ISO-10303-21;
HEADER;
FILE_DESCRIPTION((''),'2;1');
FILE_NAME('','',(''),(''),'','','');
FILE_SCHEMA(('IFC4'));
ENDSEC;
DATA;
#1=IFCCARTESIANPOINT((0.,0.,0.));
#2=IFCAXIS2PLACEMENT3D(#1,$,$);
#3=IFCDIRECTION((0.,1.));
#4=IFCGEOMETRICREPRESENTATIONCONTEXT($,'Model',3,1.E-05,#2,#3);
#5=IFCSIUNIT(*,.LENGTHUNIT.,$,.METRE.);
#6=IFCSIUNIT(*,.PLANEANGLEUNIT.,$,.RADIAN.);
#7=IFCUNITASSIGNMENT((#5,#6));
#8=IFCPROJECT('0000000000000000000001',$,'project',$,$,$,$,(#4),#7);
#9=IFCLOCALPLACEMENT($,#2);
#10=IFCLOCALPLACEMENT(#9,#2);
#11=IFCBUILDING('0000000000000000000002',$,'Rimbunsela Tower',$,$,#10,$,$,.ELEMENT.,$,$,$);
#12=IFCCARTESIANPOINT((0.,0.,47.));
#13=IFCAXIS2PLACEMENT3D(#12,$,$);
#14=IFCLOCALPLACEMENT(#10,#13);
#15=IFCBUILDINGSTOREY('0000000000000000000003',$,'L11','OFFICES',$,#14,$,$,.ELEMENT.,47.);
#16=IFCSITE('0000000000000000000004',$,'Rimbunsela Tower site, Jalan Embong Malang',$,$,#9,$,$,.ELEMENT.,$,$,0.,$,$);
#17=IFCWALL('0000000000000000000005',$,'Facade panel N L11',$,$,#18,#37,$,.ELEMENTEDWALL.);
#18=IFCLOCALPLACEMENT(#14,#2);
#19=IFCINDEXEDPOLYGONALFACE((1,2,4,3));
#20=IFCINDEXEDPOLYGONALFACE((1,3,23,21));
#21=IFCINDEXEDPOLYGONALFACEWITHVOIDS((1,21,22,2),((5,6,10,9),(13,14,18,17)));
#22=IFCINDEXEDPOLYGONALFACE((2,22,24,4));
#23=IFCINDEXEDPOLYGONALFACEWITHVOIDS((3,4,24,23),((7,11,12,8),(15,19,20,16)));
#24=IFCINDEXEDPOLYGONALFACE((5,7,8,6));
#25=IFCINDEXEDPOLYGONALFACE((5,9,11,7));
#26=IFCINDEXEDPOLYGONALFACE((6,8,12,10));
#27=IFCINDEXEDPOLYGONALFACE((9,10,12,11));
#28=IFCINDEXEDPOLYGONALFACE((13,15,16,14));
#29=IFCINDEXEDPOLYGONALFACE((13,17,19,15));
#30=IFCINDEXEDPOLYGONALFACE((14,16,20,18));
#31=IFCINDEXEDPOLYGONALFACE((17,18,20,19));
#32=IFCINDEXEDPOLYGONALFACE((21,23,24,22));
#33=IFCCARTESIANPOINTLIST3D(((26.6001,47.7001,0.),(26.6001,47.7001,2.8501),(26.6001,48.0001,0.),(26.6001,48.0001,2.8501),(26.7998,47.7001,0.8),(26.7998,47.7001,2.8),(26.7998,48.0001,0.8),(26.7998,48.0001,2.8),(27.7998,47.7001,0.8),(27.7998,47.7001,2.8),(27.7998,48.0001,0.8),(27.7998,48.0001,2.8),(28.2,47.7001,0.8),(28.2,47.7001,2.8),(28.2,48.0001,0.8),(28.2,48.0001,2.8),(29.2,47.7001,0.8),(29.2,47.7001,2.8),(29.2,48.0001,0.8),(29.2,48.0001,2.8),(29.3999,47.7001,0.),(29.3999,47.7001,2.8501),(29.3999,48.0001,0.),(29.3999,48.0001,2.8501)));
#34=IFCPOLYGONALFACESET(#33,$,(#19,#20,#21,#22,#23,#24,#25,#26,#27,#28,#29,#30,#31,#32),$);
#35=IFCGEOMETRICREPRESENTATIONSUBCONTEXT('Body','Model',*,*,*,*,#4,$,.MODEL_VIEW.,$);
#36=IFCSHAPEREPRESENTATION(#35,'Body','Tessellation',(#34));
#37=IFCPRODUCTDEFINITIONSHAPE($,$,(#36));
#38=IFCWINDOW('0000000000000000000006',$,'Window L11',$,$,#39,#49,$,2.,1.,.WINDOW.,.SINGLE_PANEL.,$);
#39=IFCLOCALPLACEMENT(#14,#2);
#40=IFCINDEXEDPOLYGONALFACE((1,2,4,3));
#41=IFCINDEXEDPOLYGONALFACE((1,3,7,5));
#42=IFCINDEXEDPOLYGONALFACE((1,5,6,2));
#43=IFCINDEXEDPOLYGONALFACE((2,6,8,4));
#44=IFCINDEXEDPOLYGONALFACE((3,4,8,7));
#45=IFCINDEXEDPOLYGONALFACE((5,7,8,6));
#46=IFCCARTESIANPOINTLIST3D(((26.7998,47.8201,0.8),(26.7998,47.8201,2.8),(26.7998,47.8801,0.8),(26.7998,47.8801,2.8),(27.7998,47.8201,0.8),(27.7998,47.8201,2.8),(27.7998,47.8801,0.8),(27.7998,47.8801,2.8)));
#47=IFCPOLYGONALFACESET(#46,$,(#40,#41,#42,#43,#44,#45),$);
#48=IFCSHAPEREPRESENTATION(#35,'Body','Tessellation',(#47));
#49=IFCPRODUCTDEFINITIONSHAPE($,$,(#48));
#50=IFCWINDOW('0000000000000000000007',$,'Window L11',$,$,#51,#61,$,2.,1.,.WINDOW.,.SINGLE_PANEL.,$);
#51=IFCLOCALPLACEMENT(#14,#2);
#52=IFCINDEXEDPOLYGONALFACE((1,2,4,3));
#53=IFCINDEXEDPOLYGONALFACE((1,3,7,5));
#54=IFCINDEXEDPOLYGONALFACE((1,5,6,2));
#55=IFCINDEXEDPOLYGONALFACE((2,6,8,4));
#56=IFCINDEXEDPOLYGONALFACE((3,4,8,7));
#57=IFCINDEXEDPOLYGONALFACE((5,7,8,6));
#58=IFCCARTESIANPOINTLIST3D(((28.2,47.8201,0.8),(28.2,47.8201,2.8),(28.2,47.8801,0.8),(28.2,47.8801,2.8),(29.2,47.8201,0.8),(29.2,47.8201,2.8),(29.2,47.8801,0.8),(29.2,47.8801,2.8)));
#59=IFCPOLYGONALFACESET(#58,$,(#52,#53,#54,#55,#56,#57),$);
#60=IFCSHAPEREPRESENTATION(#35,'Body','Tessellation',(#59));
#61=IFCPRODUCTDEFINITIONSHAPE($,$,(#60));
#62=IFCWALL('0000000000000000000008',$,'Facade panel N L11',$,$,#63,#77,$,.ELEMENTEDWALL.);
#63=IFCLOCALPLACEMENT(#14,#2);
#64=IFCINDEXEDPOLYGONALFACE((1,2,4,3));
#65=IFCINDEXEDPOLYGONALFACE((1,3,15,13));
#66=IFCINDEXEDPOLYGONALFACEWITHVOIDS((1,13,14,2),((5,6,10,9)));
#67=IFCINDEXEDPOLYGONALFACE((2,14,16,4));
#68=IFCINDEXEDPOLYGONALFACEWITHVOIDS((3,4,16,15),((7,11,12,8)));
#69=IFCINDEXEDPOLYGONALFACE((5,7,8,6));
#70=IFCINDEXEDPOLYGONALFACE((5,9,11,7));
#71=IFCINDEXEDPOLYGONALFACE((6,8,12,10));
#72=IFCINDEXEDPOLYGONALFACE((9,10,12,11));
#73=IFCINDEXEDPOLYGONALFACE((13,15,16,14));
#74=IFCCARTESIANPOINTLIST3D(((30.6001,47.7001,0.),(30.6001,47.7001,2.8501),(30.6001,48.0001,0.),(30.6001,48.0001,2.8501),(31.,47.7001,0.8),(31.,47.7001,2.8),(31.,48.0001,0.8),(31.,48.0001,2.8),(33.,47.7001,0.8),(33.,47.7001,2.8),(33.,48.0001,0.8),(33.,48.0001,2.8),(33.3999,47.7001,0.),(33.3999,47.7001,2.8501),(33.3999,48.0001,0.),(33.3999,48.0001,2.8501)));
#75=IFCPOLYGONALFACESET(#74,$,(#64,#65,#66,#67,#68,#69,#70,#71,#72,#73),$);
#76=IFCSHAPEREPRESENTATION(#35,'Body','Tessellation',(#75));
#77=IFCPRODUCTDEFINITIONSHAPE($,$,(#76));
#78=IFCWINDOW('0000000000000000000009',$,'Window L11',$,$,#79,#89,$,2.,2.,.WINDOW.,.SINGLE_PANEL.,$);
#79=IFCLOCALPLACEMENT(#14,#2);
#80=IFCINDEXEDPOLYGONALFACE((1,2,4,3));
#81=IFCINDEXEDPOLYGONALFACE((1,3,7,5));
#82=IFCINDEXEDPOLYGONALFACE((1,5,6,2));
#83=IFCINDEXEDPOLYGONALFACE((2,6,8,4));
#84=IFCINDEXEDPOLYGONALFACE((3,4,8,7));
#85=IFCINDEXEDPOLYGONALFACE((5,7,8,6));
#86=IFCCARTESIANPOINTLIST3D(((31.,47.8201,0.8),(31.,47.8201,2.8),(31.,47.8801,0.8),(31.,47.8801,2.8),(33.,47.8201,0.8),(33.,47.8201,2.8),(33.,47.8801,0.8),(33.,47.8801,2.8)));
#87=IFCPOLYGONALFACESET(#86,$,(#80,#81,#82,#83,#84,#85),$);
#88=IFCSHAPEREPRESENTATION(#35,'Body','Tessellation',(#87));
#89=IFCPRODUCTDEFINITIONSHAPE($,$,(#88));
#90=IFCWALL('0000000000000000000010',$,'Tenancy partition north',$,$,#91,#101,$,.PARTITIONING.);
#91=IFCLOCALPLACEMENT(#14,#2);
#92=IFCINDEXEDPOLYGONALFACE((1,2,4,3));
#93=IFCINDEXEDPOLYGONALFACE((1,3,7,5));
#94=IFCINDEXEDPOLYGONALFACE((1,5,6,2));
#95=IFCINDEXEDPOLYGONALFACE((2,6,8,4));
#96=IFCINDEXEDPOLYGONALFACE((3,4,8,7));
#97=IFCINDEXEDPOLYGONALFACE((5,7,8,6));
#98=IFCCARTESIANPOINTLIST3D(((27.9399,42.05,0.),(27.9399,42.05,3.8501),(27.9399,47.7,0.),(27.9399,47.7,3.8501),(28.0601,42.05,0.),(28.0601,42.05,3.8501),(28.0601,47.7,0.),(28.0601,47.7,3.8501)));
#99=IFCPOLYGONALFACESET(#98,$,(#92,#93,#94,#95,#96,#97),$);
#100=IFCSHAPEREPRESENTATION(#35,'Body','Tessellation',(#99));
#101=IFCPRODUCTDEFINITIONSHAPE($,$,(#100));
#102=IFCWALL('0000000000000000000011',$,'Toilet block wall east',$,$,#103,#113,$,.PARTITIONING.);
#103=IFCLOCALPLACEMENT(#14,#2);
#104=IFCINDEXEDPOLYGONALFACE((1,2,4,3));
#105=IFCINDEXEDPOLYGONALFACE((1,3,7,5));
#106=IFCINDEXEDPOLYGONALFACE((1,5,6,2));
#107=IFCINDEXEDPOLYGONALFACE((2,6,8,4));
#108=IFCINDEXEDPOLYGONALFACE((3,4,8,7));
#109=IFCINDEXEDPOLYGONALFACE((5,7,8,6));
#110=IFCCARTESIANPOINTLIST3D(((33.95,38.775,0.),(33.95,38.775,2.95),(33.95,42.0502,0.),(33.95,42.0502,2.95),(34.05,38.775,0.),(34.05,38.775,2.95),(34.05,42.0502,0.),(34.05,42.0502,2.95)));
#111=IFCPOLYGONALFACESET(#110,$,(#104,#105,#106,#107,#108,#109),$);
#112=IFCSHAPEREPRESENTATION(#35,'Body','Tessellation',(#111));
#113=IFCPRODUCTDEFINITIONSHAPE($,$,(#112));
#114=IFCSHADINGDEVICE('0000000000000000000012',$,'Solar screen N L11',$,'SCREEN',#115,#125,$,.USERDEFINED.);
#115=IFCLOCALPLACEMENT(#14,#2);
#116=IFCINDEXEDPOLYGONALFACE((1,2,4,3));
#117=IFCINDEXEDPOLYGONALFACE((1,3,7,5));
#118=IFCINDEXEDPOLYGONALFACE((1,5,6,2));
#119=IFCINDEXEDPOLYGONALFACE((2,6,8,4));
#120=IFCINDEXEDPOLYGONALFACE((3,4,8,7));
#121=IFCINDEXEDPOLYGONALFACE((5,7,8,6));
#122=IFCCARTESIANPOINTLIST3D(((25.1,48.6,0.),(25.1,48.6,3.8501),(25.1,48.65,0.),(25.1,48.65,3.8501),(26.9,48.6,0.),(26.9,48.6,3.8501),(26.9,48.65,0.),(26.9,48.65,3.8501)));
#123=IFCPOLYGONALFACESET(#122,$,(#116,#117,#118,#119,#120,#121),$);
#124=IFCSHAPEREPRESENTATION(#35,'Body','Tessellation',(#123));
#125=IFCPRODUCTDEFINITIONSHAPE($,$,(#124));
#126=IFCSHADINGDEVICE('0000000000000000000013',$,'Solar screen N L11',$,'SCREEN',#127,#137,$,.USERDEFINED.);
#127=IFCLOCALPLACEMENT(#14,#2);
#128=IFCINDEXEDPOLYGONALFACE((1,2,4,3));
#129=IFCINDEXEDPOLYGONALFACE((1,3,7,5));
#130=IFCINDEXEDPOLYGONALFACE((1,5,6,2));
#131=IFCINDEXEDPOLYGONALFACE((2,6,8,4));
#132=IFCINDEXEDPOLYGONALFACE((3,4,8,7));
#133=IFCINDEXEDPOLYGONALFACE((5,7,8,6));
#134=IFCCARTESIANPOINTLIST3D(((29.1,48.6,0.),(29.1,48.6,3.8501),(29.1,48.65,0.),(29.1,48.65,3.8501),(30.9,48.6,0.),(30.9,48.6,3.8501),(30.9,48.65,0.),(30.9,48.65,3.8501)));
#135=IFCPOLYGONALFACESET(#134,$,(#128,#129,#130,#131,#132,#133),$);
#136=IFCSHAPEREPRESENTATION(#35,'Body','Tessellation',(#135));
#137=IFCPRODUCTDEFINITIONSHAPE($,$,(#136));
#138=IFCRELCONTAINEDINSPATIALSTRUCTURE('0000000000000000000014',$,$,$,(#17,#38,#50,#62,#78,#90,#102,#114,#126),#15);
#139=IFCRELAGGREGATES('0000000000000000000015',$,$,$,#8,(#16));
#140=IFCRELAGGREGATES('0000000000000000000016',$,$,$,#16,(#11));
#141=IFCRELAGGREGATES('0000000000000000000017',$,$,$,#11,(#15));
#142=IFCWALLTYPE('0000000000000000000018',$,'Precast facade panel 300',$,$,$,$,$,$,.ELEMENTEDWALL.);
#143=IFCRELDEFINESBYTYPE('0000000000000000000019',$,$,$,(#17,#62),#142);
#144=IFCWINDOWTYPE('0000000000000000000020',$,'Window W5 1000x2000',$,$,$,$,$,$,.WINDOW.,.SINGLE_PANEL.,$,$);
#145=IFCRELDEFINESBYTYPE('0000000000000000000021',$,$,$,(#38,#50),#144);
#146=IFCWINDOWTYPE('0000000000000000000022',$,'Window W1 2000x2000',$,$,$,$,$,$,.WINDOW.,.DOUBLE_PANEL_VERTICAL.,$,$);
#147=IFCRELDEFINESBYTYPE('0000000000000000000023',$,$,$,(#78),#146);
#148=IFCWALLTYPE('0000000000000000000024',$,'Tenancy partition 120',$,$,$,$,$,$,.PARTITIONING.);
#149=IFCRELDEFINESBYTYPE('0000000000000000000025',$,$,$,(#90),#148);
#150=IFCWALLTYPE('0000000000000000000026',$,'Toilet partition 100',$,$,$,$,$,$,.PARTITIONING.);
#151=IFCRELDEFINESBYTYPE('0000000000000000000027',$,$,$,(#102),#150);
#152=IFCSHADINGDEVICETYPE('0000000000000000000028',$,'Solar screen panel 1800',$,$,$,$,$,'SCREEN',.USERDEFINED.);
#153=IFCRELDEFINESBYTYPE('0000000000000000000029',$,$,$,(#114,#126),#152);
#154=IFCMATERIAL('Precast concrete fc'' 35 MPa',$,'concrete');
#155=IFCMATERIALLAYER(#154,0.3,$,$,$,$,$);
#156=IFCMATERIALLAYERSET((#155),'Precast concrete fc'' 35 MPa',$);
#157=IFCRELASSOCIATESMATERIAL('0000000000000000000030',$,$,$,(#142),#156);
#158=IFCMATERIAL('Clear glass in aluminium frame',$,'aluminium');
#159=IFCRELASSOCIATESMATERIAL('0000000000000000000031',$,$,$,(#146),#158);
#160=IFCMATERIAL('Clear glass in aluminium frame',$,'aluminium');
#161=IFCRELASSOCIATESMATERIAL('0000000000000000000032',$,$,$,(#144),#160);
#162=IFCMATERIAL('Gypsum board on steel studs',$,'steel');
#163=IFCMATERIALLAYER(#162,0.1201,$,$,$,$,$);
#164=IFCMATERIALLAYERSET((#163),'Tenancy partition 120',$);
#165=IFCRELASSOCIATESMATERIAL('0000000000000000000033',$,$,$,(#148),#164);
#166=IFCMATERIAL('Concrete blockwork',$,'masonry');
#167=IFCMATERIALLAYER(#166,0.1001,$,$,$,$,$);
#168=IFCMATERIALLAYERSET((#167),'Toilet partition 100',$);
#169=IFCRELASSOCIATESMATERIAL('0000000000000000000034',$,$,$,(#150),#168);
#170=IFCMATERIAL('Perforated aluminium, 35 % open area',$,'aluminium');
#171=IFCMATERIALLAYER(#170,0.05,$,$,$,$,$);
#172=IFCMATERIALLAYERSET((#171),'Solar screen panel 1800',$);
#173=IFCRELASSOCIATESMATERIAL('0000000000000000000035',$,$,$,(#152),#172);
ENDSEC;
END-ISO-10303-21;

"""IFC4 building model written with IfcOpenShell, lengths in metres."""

from ifc_helpers import new_model, si_unit, direction, frame, frame_2d, origin, origin_2d, place, context, subcontext, project, spatial, rectangle, extrude, material, layer, layer_set, type_object, element, fill, save


model = new_model("IFC4")

# Units and contexts
model_context = context("Model", 3, precision=1e-05, world=origin(), true_north=direction((0.0, 1.0)))
body_context = subcontext(model_context, "Body", "Model", "MODEL_VIEW")
ifc_project = project(units=[si_unit("LENGTHUNIT", "METRE"), si_unit("PLANEANGLEUNIT", "RADIAN")], contexts=[model_context])

# Site, building, storey
site_placement = place(None, origin())
site = spatial("IfcSite", under=ifc_project, at=site_placement, Name="Rimbunsela Tower site, Jalan Embong Malang", CompositionType="ELEMENT", RefElevation=0.0)
building_placement = place(site_placement, origin())
building = spatial("IfcBuilding", under=site, at=building_placement, Name="Rimbunsela Tower", CompositionType="ELEMENT")
storey_placement = place(building_placement, frame((0.0, 0.0, 47.0)))
storey = spatial("IfcBuildingStorey", under=building, at=storey_placement, Name="L11", Description="OFFICES", CompositionType="ELEMENT", Elevation=47.0)

# Shared definitions
ifc_material_1 = material(Name="Precast concrete fc' 35 MPa", Category="concrete")
ifc_layer_1 = layer(ifc_material_1, 0.3)
ifc_layer_set_1 = layer_set([ifc_layer_1], Name="Precast concrete fc' 35 MPa")
wall_type_1 = type_object("IfcWallType", Name="Precast facade panel 300", PredefinedType="ELEMENTEDWALL", material=ifc_layer_set_1)
ifc_material_2 = material(Name="Clear glass in aluminium frame", Category="aluminium")
window_type_1 = type_object("IfcWindowType", Name="Window W1 2000x2000", PartitioningType="DOUBLE_PANEL_VERTICAL", PredefinedType="WINDOW", material=ifc_material_2)

# Wall, openings, windows
wall_1_placement = place(storey_placement, frame((29.3999, 47.8501, 0.0), z_axis=(0.0, 0.0, 1.0), x_axis=(-1.0, 0.0, 0.0)))
wall_1 = element("IfcWall", 1, at=wall_1_placement, inside=storey, type_object=wall_type_1, Name="Facade panel N L11", PredefinedType="ELEMENTEDWALL", context=body_context, shape_type="SweptSolid", body=[
    extrude(rectangle(XDim=2.7998, YDim=0.3, at=frame_2d((1.3999, 0.0))), origin(), (0.0, 0.0, 1.0), 2.8501),
])
opening_1_placement = place(wall_1_placement, frame((1.6001, 0.0, 0.8)))
opening_1 = element("IfcOpeningElement", 2, at=opening_1_placement, cuts=wall_1, PredefinedType="OPENING", context=body_context, shape_type="SweptSolid", body=[
    extrude(rectangle(XDim=1.0, YDim=2.0, at=frame_2d((0.5, 1.0))), frame((0.0, 0.1599, 0.0), z_axis=(0.0, -1.0, 0.0), x_axis=(1.0, 0.0, 0.0)), (0.0, 0.0, 1.0), 0.3201),
])
opening_2_placement = place(wall_1_placement, frame((0.2, 0.0, 0.8)))
opening_2 = element("IfcOpeningElement", 3, at=opening_2_placement, cuts=wall_1, PredefinedType="OPENING", context=body_context, shape_type="SweptSolid", body=[
    extrude(rectangle(XDim=1.0, YDim=2.0, at=frame_2d((0.5, 1.0))), frame((0.0, 0.1599, 0.0), z_axis=(0.0, -1.0, 0.0), x_axis=(1.0, 0.0, 0.0)), (0.0, 0.0, 1.0), 0.3201),
])
ifc_material_3 = material(Name="Clear glass in aluminium frame", Category="aluminium")
window_type_2 = type_object("IfcWindowType", Name="Window W5 1000x2000", PartitioningType="SINGLE_PANEL", PredefinedType="WINDOW", material=ifc_material_3)
window_1_placement = place(opening_1_placement, origin())
window_1 = element("IfcWindow", 4, at=window_1_placement, inside=storey, type_object=window_type_2, Name="Window L11", OverallHeight=2.0, OverallWidth=1.0, PartitioningType="SINGLE_PANEL", PredefinedType="WINDOW", context=body_context, shape_type="SweptSolid", body=[
    extrude(rectangle(XDim=1.0, YDim=2.0, at=frame_2d((0.5, 1.0))), frame((0.0, 0.03, 0.0), z_axis=(0.0, -1.0, 0.0), x_axis=(1.0, 0.0, 0.0)), (0.0, 0.0, 1.0), 0.0601),
])
fill(opening_1, window_1)
window_2_placement = place(opening_2_placement, origin())
window_2 = element("IfcWindow", 5, at=window_2_placement, inside=storey, type_object=window_type_2, Name="Window L11", OverallHeight=2.0, OverallWidth=1.0, PartitioningType="SINGLE_PANEL", PredefinedType="WINDOW", context=body_context, shape_type="SweptSolid", body=[
    extrude(rectangle(XDim=1.0, YDim=2.0, at=frame_2d((0.5, 1.0))), frame((0.0, 0.03, 0.0), z_axis=(0.0, -1.0, 0.0), x_axis=(1.0, 0.0, 0.0)), (0.0, 0.0, 1.0), 0.0601),
])
fill(opening_2, window_2)

# Wall, opening, window
wall_2_placement = place(storey_placement, frame((33.3999, 47.8501, 0.0), z_axis=(0.0, 0.0, 1.0), x_axis=(-1.0, 0.0, 0.0)))
wall_2 = element("IfcWall", 6, at=wall_2_placement, inside=storey, type_object=wall_type_1, Name="Facade panel N L11", PredefinedType="ELEMENTEDWALL", context=body_context, shape_type="SweptSolid", body=[
    extrude(rectangle(XDim=2.7998, YDim=0.3, at=frame_2d((1.3999, 0.0))), origin(), (0.0, 0.0, 1.0), 2.8501),
])
opening_3_placement = place(wall_2_placement, frame((0.3999, 0.0, 0.8)))
opening_3 = element("IfcOpeningElement", 7, at=opening_3_placement, cuts=wall_2, PredefinedType="OPENING", context=body_context, shape_type="SweptSolid", body=[
    extrude(rectangle(XDim=2.0, YDim=2.0, at=frame_2d((1.0, 1.0))), frame((0.0, 0.1599, 0.0), z_axis=(0.0, -1.0, 0.0), x_axis=(1.0, 0.0, 0.0)), (0.0, 0.0, 1.0), 0.3201),
])
window_3_placement = place(opening_3_placement, origin())
window_3 = element("IfcWindow", 8, at=window_3_placement, inside=storey, type_object=window_type_1, Name="Window L11", OverallHeight=2.0, OverallWidth=2.0, PartitioningType="SINGLE_PANEL", PredefinedType="WINDOW", context=body_context, shape_type="SweptSolid", body=[
    extrude(rectangle(XDim=2.0, YDim=2.0, at=frame_2d((1.0, 1.0))), frame((0.0, 0.03, 0.0), z_axis=(0.0, -1.0, 0.0), x_axis=(1.0, 0.0, 0.0)), (0.0, 0.0, 1.0), 0.0601),
])
fill(opening_3, window_3)

# Walls
ifc_material_4 = material(Name="Gypsum board on steel studs", Category="steel")
ifc_layer_2 = layer(ifc_material_4, 0.1201)
ifc_layer_set_2 = layer_set([ifc_layer_2], Name="Tenancy partition 120")
wall_type_2 = type_object("IfcWallType", Name="Tenancy partition 120", PredefinedType="PARTITIONING", material=ifc_layer_set_2)
wall_3_placement = place(storey_placement, frame((28.0, 42.05, 0.0), z_axis=(0.0, 0.0, 1.0), x_axis=(0.0, 1.0, 0.0)))
element("IfcWall", 9, at=wall_3_placement, inside=storey, type_object=wall_type_2, Name="Tenancy partition north", PredefinedType="PARTITIONING", context=body_context, shape_type="SweptSolid", body=[
    extrude(rectangle(XDim=5.6499, YDim=0.1201, at=frame_2d((2.825, 0.0))), origin(), (0.0, 0.0, 1.0), 3.8501),
])
ifc_material_5 = material(Name="Concrete blockwork", Category="masonry")
ifc_layer_3 = layer(ifc_material_5, 0.1001)
ifc_layer_set_3 = layer_set([ifc_layer_3], Name="Toilet partition 100")
wall_type_3 = type_object("IfcWallType", Name="Toilet partition 100", PredefinedType="PARTITIONING", material=ifc_layer_set_3)
wall_4_placement = place(storey_placement, frame((34.0, 38.7749, 0.0), z_axis=(0.0, 0.0, 1.0), x_axis=(0.0, 1.0, 0.0)))
element("IfcWall", 10, at=wall_4_placement, inside=storey, type_object=wall_type_3, Name="Toilet block wall east", PredefinedType="PARTITIONING", context=body_context, shape_type="SweptSolid", body=[
    extrude(rectangle(XDim=3.2751, YDim=0.1001, at=frame_2d((1.6377, 0.0))), origin(), (0.0, 0.0, 1.0), 2.95),
])

# Shading devices
ifc_material_6 = material(Name="Perforated aluminium, 35 % open area", Category="aluminium")
ifc_layer_4 = layer(ifc_material_6, 0.05)
ifc_layer_set_4 = layer_set([ifc_layer_4], Name="Solar screen panel 1800")
shading_device_type = type_object("IfcShadingDeviceType", Name="Solar screen panel 1800", ElementType="SCREEN", PredefinedType="USERDEFINED", material=ifc_layer_set_4)
for number, where, z_axis, x_axis, name in (
    (11, (26.0, 48.625, 0.0), (0.0, 0.0, 1.0), (1.0, 0.0, 0.0), "Solar screen N L11"),
    (12, (30.0, 48.625, 0.0), (0.0, 0.0, 1.0), (1.0, 0.0, 0.0), "Solar screen N L11"),
):
    element("IfcShadingDevice", number, at=place(storey_placement, frame(where, z_axis=z_axis, x_axis=x_axis)), inside=storey, type_object=shading_device_type, Name=name, ObjectType="SCREEN", PredefinedType="USERDEFINED", context=body_context, shape_type="SweptSolid", body=[
        extrude(rectangle(XDim=1.8, YDim=0.05, at=origin_2d()), origin(), (0.0, 0.0, 1.0), 3.8501),
    ])

save(model, "model.ifc")
